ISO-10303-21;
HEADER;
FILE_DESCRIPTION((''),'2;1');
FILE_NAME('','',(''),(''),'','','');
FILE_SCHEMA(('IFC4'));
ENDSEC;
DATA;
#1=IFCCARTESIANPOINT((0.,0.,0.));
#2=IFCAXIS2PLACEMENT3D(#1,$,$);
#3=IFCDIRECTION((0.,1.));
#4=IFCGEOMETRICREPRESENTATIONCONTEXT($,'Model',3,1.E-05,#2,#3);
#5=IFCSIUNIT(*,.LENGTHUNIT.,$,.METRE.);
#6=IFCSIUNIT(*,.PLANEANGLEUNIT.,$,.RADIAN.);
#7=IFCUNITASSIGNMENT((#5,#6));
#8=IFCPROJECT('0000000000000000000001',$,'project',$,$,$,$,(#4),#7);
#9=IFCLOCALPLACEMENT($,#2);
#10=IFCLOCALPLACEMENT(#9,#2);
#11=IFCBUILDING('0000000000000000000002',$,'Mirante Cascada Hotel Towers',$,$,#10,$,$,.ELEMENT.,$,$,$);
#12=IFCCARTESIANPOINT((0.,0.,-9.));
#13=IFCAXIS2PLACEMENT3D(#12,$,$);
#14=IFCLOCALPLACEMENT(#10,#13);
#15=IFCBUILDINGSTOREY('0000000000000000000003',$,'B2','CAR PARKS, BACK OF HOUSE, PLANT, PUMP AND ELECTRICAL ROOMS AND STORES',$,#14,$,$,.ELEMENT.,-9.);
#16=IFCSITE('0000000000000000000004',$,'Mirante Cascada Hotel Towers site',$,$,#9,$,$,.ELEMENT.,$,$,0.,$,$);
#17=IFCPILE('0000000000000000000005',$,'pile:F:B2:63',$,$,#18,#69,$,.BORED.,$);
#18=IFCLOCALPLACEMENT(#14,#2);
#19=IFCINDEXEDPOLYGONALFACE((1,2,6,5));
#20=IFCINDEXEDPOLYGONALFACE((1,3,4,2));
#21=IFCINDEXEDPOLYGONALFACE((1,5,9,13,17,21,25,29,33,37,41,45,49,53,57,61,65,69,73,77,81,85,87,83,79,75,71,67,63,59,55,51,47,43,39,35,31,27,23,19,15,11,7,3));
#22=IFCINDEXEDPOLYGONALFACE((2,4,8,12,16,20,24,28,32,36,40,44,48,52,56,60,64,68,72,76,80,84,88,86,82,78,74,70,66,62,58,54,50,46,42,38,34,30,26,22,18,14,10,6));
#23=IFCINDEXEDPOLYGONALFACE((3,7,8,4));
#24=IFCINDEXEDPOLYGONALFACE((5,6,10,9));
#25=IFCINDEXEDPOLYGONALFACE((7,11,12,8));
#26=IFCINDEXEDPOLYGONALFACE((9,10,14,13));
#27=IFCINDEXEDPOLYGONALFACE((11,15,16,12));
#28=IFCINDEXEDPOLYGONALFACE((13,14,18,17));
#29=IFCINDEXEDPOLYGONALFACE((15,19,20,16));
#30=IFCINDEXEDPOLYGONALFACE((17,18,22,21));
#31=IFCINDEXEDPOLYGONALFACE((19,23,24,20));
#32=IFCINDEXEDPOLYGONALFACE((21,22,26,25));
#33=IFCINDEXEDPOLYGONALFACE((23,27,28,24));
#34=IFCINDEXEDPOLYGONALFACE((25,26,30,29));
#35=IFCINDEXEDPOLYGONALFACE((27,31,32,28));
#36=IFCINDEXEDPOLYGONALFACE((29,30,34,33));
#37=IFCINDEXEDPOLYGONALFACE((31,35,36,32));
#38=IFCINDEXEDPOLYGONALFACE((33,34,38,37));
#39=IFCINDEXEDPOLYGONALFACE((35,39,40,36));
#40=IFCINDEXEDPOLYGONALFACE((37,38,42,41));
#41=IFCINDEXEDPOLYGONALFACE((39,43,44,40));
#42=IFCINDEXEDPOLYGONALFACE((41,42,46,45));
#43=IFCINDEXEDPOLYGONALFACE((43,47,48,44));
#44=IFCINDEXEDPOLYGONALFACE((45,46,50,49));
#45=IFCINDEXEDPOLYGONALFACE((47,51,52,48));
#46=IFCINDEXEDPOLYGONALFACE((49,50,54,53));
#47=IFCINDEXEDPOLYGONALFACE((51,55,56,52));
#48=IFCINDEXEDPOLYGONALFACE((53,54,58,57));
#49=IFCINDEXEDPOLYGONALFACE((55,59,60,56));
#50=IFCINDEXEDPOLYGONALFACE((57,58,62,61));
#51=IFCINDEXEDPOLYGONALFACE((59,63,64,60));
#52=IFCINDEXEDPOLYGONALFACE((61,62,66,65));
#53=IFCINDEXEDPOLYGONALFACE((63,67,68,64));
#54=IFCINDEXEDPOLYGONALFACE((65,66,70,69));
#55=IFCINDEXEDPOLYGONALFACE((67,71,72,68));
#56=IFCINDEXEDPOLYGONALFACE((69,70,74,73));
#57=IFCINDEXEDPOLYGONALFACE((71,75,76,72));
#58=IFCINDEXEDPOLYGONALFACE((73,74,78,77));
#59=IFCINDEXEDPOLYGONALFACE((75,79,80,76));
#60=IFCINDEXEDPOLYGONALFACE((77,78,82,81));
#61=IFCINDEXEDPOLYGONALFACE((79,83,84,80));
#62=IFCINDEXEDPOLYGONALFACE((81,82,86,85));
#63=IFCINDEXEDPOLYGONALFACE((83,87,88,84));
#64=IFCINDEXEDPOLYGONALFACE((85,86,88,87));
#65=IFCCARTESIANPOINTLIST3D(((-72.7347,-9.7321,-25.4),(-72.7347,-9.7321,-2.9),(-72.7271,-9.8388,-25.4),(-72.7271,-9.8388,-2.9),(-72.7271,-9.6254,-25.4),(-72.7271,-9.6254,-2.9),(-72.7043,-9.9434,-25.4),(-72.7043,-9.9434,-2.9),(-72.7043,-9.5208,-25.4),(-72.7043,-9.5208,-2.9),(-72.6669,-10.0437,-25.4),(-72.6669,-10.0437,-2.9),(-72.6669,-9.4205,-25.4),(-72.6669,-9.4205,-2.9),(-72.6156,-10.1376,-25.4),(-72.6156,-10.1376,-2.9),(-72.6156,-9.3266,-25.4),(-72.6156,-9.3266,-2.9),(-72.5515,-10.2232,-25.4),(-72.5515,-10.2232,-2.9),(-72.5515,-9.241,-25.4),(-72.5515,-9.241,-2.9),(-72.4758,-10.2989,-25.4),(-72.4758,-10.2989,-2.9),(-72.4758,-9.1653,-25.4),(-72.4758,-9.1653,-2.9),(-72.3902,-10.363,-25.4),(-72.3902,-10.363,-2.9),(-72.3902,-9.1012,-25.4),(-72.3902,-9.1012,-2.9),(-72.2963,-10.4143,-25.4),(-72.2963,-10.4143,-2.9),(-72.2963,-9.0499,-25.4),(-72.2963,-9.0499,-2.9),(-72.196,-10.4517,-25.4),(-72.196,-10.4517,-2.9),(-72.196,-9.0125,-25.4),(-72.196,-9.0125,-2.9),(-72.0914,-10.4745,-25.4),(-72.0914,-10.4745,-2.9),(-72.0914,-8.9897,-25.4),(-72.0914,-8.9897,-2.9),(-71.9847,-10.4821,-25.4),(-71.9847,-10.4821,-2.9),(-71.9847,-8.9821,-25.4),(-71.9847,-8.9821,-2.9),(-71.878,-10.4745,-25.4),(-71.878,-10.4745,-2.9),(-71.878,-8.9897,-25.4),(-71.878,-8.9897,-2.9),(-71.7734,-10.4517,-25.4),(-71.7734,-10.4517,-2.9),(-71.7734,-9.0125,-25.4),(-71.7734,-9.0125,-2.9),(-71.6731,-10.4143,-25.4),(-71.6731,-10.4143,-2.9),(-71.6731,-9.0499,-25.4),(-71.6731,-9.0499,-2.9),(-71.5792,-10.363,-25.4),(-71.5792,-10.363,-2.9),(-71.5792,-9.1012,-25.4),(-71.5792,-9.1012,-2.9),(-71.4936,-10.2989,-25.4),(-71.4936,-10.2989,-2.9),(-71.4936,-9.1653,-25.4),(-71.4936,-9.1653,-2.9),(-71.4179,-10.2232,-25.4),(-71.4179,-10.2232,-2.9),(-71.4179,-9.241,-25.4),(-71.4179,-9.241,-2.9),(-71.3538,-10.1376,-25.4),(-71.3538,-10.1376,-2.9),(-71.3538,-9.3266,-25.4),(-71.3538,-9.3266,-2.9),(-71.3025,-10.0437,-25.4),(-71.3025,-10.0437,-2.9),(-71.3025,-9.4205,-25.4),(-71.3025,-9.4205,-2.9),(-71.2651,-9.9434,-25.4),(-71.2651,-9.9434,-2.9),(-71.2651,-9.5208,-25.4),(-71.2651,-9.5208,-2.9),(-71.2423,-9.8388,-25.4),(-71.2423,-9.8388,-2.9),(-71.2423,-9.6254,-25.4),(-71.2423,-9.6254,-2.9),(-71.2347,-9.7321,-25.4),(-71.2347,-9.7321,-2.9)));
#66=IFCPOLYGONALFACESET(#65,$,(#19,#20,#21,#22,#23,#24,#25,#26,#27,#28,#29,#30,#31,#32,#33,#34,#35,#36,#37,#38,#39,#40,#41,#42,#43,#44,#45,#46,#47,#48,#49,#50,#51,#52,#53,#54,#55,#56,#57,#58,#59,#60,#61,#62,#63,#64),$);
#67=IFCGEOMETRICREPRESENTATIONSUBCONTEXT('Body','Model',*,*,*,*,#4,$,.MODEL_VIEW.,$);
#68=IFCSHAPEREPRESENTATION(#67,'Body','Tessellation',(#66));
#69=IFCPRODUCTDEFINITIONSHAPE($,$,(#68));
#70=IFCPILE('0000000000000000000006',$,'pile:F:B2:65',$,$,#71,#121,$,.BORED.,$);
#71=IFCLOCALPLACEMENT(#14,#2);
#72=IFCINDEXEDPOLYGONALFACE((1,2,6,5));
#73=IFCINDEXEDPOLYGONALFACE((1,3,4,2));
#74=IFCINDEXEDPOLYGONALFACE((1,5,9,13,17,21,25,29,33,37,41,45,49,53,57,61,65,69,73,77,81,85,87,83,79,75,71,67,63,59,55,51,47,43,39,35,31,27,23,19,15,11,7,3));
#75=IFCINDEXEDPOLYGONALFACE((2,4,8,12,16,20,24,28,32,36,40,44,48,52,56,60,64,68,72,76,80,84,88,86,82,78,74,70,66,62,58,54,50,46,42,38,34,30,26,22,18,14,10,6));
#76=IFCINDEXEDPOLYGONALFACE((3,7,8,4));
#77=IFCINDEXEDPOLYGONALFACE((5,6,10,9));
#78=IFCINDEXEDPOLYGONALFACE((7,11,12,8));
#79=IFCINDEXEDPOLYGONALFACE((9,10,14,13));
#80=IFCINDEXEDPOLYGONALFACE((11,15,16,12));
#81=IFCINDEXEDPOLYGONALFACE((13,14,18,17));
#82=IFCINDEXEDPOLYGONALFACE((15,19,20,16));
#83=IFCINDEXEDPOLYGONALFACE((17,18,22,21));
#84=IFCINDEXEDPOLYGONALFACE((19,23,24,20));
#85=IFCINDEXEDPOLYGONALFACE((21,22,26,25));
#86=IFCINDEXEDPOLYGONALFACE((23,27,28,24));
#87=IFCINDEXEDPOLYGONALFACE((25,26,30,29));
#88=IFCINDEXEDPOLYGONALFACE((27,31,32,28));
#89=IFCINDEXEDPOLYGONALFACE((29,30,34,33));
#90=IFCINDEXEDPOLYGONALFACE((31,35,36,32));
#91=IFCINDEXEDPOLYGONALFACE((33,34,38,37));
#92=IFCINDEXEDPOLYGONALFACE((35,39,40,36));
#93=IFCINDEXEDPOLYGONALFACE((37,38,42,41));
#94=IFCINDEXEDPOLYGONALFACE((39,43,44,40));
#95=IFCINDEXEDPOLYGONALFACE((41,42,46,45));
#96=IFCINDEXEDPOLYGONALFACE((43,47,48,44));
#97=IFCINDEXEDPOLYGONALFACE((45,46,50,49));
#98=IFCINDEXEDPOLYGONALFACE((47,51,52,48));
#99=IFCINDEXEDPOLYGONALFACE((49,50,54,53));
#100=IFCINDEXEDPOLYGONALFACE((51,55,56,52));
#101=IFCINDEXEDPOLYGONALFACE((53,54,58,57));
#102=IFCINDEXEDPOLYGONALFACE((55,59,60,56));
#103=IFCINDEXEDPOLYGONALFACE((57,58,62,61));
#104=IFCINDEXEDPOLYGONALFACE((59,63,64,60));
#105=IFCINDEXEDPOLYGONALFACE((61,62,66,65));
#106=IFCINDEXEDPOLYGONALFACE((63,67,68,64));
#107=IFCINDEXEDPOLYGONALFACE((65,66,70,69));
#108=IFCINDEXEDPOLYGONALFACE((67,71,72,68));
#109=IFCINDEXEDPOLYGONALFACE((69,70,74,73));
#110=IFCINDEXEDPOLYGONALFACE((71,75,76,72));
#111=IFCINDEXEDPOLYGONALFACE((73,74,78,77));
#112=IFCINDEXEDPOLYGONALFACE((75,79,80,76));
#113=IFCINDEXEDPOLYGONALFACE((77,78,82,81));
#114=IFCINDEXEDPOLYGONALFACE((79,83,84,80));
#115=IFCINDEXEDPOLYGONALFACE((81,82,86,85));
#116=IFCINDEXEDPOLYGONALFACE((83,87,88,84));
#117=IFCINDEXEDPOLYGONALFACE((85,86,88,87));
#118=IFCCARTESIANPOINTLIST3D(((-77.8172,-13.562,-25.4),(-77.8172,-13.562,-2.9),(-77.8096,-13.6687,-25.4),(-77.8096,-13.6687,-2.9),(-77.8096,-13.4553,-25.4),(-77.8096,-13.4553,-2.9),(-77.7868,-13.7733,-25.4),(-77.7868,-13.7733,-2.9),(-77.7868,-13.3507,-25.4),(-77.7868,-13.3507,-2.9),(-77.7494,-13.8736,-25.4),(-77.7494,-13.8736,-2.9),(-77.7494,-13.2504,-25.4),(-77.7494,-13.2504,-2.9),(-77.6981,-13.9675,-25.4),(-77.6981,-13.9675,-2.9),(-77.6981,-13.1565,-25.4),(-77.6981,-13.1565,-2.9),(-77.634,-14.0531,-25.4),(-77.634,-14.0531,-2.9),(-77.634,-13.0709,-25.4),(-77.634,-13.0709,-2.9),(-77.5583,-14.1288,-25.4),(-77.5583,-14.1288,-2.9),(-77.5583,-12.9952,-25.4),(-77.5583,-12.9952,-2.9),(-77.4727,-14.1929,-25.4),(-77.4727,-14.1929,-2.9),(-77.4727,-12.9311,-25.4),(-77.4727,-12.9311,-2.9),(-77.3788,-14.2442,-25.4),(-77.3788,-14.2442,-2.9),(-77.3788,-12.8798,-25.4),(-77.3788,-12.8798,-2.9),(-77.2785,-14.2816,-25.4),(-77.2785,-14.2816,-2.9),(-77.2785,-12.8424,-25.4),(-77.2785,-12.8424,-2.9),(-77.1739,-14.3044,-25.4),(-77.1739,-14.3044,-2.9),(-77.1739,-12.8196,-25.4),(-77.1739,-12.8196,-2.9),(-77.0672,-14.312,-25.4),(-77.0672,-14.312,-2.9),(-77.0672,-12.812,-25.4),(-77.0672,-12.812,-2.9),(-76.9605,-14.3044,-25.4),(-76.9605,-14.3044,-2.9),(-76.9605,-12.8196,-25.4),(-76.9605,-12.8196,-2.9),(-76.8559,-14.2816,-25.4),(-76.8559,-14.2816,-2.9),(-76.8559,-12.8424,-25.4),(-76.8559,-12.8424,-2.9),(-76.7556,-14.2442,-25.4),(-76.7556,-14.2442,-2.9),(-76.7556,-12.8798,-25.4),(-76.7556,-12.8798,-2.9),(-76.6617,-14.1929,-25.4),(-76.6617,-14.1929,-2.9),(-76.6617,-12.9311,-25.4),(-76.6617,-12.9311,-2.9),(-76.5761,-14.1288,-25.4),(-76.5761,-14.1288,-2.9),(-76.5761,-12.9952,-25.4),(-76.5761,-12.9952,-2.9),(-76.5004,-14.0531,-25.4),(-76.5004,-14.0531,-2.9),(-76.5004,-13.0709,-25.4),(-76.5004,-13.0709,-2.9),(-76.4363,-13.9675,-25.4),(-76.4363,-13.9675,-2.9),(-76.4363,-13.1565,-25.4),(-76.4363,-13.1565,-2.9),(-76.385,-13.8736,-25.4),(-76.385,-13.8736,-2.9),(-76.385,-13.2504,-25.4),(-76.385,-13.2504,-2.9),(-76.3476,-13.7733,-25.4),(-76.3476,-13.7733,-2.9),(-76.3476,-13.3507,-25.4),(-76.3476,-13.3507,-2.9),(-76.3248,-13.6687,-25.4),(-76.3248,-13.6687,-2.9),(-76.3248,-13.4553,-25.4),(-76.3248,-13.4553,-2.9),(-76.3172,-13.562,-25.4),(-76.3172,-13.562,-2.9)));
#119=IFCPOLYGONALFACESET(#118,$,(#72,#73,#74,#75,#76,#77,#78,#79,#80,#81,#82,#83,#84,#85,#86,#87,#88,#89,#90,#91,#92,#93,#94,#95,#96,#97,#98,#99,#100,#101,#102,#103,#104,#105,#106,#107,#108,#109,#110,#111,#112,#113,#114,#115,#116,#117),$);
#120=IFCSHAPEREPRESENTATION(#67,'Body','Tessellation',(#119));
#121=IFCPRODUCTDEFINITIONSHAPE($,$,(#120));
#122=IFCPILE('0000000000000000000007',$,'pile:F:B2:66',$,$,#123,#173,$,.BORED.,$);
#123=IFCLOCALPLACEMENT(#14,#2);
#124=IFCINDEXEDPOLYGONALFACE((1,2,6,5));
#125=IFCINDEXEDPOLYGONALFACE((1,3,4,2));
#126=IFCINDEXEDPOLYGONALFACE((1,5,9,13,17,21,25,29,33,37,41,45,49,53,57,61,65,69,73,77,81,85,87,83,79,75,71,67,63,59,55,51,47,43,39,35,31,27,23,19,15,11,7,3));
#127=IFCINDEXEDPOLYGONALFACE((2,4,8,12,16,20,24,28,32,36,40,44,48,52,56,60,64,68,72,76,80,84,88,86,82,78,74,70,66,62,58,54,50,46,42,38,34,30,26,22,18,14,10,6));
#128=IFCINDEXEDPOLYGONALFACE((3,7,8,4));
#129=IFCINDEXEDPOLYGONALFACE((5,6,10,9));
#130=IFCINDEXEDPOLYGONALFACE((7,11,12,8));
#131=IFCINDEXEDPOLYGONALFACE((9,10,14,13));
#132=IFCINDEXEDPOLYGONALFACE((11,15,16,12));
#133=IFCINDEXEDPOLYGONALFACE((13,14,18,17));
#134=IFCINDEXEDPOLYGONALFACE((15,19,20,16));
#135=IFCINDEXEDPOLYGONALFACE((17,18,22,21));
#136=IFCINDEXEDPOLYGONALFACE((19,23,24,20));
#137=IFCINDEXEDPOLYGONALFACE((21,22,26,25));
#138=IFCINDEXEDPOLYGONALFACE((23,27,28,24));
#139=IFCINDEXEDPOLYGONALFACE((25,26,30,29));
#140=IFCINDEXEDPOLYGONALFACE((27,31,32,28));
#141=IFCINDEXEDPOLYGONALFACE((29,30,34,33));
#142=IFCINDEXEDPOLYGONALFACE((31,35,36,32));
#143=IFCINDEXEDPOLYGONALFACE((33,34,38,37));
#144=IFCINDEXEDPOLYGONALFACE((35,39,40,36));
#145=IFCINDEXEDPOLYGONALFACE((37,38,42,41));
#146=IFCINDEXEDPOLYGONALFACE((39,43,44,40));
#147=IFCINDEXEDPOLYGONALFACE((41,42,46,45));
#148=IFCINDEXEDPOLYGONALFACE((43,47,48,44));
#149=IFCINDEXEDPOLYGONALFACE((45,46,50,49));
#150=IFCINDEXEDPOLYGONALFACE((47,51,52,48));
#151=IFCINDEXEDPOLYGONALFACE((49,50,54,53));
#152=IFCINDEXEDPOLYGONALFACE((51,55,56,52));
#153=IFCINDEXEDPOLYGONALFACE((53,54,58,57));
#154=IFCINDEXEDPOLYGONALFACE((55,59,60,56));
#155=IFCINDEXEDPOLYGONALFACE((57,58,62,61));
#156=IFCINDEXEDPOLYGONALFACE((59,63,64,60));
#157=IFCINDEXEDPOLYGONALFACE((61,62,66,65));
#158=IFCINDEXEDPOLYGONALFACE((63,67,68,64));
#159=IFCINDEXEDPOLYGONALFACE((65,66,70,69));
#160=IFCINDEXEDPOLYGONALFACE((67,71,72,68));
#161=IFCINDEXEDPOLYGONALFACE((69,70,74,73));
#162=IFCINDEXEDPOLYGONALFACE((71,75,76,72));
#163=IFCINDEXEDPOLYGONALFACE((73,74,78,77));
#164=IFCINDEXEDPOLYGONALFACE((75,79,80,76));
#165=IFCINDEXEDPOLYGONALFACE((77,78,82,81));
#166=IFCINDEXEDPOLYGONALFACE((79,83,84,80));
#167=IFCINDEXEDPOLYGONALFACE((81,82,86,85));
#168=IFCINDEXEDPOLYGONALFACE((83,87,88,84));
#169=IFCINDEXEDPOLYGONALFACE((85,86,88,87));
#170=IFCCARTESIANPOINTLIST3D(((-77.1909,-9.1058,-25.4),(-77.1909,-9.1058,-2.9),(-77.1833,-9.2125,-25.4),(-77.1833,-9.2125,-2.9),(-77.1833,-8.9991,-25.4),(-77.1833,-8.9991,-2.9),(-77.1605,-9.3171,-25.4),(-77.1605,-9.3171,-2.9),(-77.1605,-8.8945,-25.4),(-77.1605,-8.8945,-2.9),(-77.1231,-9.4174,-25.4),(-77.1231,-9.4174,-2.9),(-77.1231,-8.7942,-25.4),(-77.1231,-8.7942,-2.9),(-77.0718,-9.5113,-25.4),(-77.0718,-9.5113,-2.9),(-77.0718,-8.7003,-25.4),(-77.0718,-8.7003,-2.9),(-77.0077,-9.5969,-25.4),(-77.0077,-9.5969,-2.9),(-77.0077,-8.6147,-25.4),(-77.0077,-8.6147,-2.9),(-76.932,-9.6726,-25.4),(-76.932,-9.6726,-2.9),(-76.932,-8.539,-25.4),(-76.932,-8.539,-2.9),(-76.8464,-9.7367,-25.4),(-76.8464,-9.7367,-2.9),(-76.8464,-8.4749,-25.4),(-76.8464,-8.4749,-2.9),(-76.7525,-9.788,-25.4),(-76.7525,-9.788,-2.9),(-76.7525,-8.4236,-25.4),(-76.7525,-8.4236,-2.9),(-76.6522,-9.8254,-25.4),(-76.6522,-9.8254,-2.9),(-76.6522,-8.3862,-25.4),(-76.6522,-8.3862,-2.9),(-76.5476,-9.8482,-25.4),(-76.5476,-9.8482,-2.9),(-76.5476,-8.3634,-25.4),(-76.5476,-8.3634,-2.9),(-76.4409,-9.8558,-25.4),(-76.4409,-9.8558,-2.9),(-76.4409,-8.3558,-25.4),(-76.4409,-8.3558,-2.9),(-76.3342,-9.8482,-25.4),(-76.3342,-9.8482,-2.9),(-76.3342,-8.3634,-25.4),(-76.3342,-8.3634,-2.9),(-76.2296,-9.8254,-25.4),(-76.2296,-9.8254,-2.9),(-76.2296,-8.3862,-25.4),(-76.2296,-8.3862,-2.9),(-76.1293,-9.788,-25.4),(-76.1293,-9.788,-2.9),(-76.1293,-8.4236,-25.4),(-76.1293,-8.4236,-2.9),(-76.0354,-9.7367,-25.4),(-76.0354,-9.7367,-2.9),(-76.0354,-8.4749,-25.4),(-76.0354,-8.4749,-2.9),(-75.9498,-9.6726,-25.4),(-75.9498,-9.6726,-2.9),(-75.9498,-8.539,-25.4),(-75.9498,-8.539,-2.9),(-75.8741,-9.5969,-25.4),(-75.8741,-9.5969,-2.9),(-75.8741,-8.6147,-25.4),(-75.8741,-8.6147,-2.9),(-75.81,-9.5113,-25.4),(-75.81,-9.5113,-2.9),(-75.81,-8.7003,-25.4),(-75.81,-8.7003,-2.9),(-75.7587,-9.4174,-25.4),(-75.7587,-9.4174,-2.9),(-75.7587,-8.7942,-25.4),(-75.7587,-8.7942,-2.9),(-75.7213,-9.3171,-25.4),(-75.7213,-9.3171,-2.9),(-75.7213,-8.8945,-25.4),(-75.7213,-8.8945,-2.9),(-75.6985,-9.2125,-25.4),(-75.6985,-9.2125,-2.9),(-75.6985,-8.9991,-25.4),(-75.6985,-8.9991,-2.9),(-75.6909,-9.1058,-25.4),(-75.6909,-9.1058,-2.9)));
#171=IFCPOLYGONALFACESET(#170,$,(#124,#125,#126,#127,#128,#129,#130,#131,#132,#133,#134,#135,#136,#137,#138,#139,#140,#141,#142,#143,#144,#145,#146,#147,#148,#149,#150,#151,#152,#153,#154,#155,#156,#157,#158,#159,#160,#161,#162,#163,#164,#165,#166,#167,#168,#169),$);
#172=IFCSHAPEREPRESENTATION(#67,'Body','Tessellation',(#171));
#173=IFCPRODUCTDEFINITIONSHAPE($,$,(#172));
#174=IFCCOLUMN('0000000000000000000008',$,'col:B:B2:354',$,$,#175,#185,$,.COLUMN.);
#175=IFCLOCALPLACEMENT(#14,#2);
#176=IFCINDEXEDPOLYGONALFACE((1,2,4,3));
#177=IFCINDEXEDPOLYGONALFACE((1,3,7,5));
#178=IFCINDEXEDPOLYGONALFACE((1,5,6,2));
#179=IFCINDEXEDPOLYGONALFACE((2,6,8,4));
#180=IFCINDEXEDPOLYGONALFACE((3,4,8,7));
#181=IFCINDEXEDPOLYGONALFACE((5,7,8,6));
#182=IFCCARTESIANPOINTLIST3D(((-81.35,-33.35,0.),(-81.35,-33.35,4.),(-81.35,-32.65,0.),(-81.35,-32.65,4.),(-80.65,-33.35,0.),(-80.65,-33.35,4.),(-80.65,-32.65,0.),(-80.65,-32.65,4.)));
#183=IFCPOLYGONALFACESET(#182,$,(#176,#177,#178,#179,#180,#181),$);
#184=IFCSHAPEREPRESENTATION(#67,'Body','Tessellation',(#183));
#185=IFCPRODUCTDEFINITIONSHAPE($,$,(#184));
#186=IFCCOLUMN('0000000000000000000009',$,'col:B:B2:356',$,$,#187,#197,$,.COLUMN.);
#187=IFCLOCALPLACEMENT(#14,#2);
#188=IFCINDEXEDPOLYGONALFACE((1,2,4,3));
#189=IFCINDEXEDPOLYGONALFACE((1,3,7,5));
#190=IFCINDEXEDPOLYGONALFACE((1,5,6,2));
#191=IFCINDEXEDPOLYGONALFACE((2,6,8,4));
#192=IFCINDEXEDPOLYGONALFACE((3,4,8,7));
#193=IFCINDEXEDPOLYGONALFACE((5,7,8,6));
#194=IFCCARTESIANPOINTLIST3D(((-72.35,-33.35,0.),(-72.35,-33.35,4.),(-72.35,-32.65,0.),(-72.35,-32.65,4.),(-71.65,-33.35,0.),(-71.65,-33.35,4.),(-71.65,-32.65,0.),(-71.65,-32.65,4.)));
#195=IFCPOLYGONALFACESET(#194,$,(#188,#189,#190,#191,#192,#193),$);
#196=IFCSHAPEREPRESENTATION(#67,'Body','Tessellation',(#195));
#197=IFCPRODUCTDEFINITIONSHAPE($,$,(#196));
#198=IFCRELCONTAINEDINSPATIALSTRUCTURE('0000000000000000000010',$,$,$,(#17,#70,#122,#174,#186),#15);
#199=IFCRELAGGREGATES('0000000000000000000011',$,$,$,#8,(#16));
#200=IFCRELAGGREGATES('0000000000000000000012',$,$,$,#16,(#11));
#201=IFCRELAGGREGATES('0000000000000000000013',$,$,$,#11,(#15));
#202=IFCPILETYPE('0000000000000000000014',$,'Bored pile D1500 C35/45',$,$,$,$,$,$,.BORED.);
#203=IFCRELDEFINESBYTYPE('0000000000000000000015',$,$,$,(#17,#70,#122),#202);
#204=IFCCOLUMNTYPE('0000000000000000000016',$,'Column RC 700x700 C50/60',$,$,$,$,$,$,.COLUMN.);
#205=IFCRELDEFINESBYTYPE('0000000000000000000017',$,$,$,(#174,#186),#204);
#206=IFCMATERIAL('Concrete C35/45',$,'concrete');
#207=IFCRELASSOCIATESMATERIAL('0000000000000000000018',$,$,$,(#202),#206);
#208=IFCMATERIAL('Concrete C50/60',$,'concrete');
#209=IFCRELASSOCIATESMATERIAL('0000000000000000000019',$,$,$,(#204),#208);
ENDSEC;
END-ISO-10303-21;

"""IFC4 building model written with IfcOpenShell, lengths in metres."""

from ifc_helpers import new_model, si_unit, direction, frame, origin, origin_2d, place, context, subcontext, project, spatial, rectangle, circle, extrude, material, material_profile, profile_set, type_object, element, save


model = new_model("IFC4")

# Units and contexts
model_context = context("Model", 3, precision=1e-05, world=origin(), true_north=direction((0.0, 1.0)))
body_context = subcontext(model_context, "Body", "Model", "MODEL_VIEW")
ifc_project = project(units=[si_unit("LENGTHUNIT", "METRE"), si_unit("PLANEANGLEUNIT", "RADIAN")], contexts=[model_context])

# Site, building, storey
site_placement = place(None, origin())
site = spatial("IfcSite", under=ifc_project, at=site_placement, Name="Mirante Cascada Hotel Towers site", CompositionType="ELEMENT", RefElevation=0.0)
building_placement = place(site_placement, origin())
building = spatial("IfcBuilding", under=site, at=building_placement, Name="Mirante Cascada Hotel Towers", CompositionType="ELEMENT")
storey_placement = place(building_placement, frame((0.0, 0.0, -9.0)))
storey = spatial("IfcBuildingStorey", under=building, at=storey_placement, Name="B2", Description="CAR PARKS, BACK OF HOUSE, PLANT, PUMP AND ELECTRICAL ROOMS AND STORES", CompositionType="ELEMENT", Elevation=-9.0)

# Piles
ifc_material_1 = material(Name="Concrete C35/45", Category="concrete")
ifc_material_profile_1 = material_profile(ifc_material_1, circle(Radius=0.75, at=origin_2d()), Name="RC D1500")
ifc_profile_set_1 = profile_set([ifc_material_profile_1], Name="Concrete C35/45")
pile_type = type_object("IfcPileType", Name="Bored pile D1500 C35/45", PredefinedType="BORED", material=ifc_profile_set_1)
for number, where, z_axis, x_axis, name in (
    (1, (-71.9847, -9.7321, -2.9), (0.0, 0.0, -1.0), (1.0, 0.0, 0.0), "pile:F:B2:63"),
    (2, (-77.0672, -13.562, -2.9), (0.0, 0.0, -1.0), (1.0, 0.0, 0.0), "pile:F:B2:65"),
    (3, (-76.4409, -9.1058, -2.9), (0.0, 0.0, -1.0), (1.0, 0.0, 0.0), "pile:F:B2:66"),
):
    element("IfcPile", number, at=place(storey_placement, frame(where, z_axis=z_axis, x_axis=x_axis)), inside=storey, type_object=pile_type, Name=name, PredefinedType="BORED", context=body_context, shape_type="SweptSolid", body=[
        extrude(circle(Radius=0.75, at=origin_2d()), origin(), (0.0, 0.0, 1.0), 22.5),
    ])

# Columns
ifc_material_2 = material(Name="Concrete C50/60", Category="concrete")
ifc_material_profile_2 = material_profile(ifc_material_2, rectangle(XDim=0.7, YDim=0.7, at=origin_2d()), Name="RC 700x700")
ifc_profile_set_2 = profile_set([ifc_material_profile_2], Name="Concrete C50/60")
column_type_1 = type_object("IfcColumnType", Name="Column RC 700x700 C50/60", PredefinedType="COLUMN", material=ifc_profile_set_2)
for number, where, z_axis, x_axis, name in (
    (4, (-81.0, -33.0, 0.0), (0.0, 0.0, 1.0), (1.0, 0.0, 0.0), "col:B:B2:354"),
    (5, (-72.0, -33.0, 0.0), (0.0, 0.0, 1.0), (1.0, 0.0, 0.0), "col:B:B2:356"),
):
    element("IfcColumn", number, at=place(storey_placement, frame(where, z_axis=z_axis, x_axis=x_axis)), inside=storey, type_object=column_type_1, Name=name, PredefinedType="COLUMN", context=body_context, shape_type="SweptSolid", body=[
        extrude(rectangle(XDim=0.7, YDim=0.7, at=origin_2d()), origin(), (0.0, 0.0, 1.0), 4.0),
    ])

save(model, "model.ifc")
